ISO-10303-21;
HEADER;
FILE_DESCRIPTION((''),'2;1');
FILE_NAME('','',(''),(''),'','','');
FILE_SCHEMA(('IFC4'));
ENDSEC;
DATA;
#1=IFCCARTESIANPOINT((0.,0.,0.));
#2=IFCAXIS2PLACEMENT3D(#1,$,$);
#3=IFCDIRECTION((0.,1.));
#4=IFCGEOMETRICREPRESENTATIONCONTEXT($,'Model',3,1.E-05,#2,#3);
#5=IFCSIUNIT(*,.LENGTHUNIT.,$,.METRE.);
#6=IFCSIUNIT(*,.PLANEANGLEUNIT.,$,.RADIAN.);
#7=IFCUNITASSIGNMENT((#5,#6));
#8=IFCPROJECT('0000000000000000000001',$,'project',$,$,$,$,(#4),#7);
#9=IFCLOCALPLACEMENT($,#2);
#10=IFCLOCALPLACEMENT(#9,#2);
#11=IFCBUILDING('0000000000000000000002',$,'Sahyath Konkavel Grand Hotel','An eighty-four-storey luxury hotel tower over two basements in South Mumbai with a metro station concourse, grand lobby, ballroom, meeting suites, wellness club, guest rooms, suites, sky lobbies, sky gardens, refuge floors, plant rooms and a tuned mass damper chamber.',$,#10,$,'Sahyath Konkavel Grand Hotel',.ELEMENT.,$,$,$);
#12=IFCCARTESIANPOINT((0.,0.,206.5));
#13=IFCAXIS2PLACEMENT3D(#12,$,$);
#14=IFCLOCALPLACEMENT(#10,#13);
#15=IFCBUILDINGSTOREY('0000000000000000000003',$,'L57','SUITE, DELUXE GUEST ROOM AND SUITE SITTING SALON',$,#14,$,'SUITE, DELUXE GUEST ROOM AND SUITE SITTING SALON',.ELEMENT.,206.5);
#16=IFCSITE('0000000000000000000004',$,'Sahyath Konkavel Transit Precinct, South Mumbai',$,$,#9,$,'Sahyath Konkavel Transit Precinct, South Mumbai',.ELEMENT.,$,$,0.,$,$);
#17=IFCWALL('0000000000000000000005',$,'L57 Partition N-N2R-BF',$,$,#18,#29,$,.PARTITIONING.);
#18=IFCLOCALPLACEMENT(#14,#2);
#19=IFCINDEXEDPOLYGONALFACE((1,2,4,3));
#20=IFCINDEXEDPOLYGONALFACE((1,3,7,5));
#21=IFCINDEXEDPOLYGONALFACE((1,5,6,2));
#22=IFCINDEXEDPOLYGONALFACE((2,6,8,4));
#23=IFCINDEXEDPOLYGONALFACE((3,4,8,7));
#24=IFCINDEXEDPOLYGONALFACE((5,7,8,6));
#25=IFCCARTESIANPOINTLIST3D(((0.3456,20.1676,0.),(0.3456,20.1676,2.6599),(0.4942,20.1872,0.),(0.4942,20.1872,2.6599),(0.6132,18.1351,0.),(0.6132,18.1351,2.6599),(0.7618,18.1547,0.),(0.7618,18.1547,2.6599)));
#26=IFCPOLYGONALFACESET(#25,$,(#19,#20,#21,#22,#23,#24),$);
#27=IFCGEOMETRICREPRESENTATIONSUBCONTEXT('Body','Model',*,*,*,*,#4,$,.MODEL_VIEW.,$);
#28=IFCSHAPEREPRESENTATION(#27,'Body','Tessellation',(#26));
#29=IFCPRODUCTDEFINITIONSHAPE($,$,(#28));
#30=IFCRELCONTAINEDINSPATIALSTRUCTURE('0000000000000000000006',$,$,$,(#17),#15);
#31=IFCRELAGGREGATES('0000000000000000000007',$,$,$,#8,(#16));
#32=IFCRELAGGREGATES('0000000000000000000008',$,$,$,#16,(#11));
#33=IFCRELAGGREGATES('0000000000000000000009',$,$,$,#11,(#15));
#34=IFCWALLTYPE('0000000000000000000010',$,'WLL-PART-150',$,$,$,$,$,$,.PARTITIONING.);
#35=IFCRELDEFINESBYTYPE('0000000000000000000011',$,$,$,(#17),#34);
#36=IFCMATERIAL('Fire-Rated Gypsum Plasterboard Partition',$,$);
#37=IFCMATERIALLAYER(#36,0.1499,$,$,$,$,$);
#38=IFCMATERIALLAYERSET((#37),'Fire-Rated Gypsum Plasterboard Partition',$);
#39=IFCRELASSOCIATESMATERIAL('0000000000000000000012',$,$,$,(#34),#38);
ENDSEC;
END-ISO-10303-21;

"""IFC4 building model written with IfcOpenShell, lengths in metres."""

from ifc_helpers import new_model, si_unit, direction, frame, frame_2d, origin, place, context, subcontext, project, spatial, rectangle, extrude, material, layer, layer_set, type_object, element, save


model = new_model("IFC4")

# Units and contexts
model_context = context("Model", 3, precision=1e-05, world=origin(), true_north=direction((0.0, 1.0)))
body_context = subcontext(model_context, "Body", "Model", "MODEL_VIEW")
ifc_project = project(units=[si_unit("LENGTHUNIT", "METRE"), si_unit("PLANEANGLEUNIT", "RADIAN")], contexts=[model_context])

# Site, building, storey
site_placement = place(None, origin())
site = spatial("IfcSite", under=ifc_project, at=site_placement, Name="Sahyath Konkavel Transit Precinct, South Mumbai", LongName="Sahyath Konkavel Transit Precinct, South Mumbai", CompositionType="ELEMENT", RefElevation=0.0)
building_placement = place(site_placement, origin())
building = spatial("IfcBuilding", under=site, at=building_placement, Name="Sahyath Konkavel Grand Hotel", Description="An eighty-four-storey luxury hotel tower over two basements in South Mumbai with a metro station concourse, grand lobby, ballroom, meeting suites, wellness club, guest rooms, suites, sky lobbies, sky gardens, refuge floors, plant rooms and a tuned mass damper chamber.", LongName="Sahyath Konkavel Grand Hotel", CompositionType="ELEMENT")
storey_placement = place(building_placement, frame((0.0, 0.0, 206.5)))
storey = spatial("IfcBuildingStorey", under=building, at=storey_placement, Name="L57", Description="SUITE, DELUXE GUEST ROOM AND SUITE SITTING SALON", LongName="SUITE, DELUXE GUEST ROOM AND SUITE SITTING SALON", CompositionType="ELEMENT", Elevation=206.5)

# Wall
ifc_material_1 = material(Name="Fire-Rated Gypsum Plasterboard Partition")
ifc_layer_1 = layer(ifc_material_1, 0.1499)
ifc_layer_set_1 = layer_set([ifc_layer_1], Name="Fire-Rated Gypsum Plasterboard Partition")
wall_type_1 = type_object("IfcWallType", Name="WLL-PART-150", PredefinedType="PARTITIONING", material=ifc_layer_set_1)
wall_1_placement = place(storey_placement, frame((0.6875, 18.145, 0.0), z_axis=(0.0, 0.0, 1.0), x_axis=(-0.130525, 0.991445, 0.0)))
element("IfcWall", 1, at=wall_1_placement, inside=storey, type_object=wall_type_1, Name="L57 Partition N-N2R-BF", PredefinedType="PARTITIONING", context=body_context, shape_type="SweptSolid", body=[
    extrude(rectangle(XDim=2.05, YDim=0.1499, at=frame_2d((1.0249, 0.0))), origin(), (0.0, 0.0, 1.0), 2.6599),
])

save(model, "model.ifc")
